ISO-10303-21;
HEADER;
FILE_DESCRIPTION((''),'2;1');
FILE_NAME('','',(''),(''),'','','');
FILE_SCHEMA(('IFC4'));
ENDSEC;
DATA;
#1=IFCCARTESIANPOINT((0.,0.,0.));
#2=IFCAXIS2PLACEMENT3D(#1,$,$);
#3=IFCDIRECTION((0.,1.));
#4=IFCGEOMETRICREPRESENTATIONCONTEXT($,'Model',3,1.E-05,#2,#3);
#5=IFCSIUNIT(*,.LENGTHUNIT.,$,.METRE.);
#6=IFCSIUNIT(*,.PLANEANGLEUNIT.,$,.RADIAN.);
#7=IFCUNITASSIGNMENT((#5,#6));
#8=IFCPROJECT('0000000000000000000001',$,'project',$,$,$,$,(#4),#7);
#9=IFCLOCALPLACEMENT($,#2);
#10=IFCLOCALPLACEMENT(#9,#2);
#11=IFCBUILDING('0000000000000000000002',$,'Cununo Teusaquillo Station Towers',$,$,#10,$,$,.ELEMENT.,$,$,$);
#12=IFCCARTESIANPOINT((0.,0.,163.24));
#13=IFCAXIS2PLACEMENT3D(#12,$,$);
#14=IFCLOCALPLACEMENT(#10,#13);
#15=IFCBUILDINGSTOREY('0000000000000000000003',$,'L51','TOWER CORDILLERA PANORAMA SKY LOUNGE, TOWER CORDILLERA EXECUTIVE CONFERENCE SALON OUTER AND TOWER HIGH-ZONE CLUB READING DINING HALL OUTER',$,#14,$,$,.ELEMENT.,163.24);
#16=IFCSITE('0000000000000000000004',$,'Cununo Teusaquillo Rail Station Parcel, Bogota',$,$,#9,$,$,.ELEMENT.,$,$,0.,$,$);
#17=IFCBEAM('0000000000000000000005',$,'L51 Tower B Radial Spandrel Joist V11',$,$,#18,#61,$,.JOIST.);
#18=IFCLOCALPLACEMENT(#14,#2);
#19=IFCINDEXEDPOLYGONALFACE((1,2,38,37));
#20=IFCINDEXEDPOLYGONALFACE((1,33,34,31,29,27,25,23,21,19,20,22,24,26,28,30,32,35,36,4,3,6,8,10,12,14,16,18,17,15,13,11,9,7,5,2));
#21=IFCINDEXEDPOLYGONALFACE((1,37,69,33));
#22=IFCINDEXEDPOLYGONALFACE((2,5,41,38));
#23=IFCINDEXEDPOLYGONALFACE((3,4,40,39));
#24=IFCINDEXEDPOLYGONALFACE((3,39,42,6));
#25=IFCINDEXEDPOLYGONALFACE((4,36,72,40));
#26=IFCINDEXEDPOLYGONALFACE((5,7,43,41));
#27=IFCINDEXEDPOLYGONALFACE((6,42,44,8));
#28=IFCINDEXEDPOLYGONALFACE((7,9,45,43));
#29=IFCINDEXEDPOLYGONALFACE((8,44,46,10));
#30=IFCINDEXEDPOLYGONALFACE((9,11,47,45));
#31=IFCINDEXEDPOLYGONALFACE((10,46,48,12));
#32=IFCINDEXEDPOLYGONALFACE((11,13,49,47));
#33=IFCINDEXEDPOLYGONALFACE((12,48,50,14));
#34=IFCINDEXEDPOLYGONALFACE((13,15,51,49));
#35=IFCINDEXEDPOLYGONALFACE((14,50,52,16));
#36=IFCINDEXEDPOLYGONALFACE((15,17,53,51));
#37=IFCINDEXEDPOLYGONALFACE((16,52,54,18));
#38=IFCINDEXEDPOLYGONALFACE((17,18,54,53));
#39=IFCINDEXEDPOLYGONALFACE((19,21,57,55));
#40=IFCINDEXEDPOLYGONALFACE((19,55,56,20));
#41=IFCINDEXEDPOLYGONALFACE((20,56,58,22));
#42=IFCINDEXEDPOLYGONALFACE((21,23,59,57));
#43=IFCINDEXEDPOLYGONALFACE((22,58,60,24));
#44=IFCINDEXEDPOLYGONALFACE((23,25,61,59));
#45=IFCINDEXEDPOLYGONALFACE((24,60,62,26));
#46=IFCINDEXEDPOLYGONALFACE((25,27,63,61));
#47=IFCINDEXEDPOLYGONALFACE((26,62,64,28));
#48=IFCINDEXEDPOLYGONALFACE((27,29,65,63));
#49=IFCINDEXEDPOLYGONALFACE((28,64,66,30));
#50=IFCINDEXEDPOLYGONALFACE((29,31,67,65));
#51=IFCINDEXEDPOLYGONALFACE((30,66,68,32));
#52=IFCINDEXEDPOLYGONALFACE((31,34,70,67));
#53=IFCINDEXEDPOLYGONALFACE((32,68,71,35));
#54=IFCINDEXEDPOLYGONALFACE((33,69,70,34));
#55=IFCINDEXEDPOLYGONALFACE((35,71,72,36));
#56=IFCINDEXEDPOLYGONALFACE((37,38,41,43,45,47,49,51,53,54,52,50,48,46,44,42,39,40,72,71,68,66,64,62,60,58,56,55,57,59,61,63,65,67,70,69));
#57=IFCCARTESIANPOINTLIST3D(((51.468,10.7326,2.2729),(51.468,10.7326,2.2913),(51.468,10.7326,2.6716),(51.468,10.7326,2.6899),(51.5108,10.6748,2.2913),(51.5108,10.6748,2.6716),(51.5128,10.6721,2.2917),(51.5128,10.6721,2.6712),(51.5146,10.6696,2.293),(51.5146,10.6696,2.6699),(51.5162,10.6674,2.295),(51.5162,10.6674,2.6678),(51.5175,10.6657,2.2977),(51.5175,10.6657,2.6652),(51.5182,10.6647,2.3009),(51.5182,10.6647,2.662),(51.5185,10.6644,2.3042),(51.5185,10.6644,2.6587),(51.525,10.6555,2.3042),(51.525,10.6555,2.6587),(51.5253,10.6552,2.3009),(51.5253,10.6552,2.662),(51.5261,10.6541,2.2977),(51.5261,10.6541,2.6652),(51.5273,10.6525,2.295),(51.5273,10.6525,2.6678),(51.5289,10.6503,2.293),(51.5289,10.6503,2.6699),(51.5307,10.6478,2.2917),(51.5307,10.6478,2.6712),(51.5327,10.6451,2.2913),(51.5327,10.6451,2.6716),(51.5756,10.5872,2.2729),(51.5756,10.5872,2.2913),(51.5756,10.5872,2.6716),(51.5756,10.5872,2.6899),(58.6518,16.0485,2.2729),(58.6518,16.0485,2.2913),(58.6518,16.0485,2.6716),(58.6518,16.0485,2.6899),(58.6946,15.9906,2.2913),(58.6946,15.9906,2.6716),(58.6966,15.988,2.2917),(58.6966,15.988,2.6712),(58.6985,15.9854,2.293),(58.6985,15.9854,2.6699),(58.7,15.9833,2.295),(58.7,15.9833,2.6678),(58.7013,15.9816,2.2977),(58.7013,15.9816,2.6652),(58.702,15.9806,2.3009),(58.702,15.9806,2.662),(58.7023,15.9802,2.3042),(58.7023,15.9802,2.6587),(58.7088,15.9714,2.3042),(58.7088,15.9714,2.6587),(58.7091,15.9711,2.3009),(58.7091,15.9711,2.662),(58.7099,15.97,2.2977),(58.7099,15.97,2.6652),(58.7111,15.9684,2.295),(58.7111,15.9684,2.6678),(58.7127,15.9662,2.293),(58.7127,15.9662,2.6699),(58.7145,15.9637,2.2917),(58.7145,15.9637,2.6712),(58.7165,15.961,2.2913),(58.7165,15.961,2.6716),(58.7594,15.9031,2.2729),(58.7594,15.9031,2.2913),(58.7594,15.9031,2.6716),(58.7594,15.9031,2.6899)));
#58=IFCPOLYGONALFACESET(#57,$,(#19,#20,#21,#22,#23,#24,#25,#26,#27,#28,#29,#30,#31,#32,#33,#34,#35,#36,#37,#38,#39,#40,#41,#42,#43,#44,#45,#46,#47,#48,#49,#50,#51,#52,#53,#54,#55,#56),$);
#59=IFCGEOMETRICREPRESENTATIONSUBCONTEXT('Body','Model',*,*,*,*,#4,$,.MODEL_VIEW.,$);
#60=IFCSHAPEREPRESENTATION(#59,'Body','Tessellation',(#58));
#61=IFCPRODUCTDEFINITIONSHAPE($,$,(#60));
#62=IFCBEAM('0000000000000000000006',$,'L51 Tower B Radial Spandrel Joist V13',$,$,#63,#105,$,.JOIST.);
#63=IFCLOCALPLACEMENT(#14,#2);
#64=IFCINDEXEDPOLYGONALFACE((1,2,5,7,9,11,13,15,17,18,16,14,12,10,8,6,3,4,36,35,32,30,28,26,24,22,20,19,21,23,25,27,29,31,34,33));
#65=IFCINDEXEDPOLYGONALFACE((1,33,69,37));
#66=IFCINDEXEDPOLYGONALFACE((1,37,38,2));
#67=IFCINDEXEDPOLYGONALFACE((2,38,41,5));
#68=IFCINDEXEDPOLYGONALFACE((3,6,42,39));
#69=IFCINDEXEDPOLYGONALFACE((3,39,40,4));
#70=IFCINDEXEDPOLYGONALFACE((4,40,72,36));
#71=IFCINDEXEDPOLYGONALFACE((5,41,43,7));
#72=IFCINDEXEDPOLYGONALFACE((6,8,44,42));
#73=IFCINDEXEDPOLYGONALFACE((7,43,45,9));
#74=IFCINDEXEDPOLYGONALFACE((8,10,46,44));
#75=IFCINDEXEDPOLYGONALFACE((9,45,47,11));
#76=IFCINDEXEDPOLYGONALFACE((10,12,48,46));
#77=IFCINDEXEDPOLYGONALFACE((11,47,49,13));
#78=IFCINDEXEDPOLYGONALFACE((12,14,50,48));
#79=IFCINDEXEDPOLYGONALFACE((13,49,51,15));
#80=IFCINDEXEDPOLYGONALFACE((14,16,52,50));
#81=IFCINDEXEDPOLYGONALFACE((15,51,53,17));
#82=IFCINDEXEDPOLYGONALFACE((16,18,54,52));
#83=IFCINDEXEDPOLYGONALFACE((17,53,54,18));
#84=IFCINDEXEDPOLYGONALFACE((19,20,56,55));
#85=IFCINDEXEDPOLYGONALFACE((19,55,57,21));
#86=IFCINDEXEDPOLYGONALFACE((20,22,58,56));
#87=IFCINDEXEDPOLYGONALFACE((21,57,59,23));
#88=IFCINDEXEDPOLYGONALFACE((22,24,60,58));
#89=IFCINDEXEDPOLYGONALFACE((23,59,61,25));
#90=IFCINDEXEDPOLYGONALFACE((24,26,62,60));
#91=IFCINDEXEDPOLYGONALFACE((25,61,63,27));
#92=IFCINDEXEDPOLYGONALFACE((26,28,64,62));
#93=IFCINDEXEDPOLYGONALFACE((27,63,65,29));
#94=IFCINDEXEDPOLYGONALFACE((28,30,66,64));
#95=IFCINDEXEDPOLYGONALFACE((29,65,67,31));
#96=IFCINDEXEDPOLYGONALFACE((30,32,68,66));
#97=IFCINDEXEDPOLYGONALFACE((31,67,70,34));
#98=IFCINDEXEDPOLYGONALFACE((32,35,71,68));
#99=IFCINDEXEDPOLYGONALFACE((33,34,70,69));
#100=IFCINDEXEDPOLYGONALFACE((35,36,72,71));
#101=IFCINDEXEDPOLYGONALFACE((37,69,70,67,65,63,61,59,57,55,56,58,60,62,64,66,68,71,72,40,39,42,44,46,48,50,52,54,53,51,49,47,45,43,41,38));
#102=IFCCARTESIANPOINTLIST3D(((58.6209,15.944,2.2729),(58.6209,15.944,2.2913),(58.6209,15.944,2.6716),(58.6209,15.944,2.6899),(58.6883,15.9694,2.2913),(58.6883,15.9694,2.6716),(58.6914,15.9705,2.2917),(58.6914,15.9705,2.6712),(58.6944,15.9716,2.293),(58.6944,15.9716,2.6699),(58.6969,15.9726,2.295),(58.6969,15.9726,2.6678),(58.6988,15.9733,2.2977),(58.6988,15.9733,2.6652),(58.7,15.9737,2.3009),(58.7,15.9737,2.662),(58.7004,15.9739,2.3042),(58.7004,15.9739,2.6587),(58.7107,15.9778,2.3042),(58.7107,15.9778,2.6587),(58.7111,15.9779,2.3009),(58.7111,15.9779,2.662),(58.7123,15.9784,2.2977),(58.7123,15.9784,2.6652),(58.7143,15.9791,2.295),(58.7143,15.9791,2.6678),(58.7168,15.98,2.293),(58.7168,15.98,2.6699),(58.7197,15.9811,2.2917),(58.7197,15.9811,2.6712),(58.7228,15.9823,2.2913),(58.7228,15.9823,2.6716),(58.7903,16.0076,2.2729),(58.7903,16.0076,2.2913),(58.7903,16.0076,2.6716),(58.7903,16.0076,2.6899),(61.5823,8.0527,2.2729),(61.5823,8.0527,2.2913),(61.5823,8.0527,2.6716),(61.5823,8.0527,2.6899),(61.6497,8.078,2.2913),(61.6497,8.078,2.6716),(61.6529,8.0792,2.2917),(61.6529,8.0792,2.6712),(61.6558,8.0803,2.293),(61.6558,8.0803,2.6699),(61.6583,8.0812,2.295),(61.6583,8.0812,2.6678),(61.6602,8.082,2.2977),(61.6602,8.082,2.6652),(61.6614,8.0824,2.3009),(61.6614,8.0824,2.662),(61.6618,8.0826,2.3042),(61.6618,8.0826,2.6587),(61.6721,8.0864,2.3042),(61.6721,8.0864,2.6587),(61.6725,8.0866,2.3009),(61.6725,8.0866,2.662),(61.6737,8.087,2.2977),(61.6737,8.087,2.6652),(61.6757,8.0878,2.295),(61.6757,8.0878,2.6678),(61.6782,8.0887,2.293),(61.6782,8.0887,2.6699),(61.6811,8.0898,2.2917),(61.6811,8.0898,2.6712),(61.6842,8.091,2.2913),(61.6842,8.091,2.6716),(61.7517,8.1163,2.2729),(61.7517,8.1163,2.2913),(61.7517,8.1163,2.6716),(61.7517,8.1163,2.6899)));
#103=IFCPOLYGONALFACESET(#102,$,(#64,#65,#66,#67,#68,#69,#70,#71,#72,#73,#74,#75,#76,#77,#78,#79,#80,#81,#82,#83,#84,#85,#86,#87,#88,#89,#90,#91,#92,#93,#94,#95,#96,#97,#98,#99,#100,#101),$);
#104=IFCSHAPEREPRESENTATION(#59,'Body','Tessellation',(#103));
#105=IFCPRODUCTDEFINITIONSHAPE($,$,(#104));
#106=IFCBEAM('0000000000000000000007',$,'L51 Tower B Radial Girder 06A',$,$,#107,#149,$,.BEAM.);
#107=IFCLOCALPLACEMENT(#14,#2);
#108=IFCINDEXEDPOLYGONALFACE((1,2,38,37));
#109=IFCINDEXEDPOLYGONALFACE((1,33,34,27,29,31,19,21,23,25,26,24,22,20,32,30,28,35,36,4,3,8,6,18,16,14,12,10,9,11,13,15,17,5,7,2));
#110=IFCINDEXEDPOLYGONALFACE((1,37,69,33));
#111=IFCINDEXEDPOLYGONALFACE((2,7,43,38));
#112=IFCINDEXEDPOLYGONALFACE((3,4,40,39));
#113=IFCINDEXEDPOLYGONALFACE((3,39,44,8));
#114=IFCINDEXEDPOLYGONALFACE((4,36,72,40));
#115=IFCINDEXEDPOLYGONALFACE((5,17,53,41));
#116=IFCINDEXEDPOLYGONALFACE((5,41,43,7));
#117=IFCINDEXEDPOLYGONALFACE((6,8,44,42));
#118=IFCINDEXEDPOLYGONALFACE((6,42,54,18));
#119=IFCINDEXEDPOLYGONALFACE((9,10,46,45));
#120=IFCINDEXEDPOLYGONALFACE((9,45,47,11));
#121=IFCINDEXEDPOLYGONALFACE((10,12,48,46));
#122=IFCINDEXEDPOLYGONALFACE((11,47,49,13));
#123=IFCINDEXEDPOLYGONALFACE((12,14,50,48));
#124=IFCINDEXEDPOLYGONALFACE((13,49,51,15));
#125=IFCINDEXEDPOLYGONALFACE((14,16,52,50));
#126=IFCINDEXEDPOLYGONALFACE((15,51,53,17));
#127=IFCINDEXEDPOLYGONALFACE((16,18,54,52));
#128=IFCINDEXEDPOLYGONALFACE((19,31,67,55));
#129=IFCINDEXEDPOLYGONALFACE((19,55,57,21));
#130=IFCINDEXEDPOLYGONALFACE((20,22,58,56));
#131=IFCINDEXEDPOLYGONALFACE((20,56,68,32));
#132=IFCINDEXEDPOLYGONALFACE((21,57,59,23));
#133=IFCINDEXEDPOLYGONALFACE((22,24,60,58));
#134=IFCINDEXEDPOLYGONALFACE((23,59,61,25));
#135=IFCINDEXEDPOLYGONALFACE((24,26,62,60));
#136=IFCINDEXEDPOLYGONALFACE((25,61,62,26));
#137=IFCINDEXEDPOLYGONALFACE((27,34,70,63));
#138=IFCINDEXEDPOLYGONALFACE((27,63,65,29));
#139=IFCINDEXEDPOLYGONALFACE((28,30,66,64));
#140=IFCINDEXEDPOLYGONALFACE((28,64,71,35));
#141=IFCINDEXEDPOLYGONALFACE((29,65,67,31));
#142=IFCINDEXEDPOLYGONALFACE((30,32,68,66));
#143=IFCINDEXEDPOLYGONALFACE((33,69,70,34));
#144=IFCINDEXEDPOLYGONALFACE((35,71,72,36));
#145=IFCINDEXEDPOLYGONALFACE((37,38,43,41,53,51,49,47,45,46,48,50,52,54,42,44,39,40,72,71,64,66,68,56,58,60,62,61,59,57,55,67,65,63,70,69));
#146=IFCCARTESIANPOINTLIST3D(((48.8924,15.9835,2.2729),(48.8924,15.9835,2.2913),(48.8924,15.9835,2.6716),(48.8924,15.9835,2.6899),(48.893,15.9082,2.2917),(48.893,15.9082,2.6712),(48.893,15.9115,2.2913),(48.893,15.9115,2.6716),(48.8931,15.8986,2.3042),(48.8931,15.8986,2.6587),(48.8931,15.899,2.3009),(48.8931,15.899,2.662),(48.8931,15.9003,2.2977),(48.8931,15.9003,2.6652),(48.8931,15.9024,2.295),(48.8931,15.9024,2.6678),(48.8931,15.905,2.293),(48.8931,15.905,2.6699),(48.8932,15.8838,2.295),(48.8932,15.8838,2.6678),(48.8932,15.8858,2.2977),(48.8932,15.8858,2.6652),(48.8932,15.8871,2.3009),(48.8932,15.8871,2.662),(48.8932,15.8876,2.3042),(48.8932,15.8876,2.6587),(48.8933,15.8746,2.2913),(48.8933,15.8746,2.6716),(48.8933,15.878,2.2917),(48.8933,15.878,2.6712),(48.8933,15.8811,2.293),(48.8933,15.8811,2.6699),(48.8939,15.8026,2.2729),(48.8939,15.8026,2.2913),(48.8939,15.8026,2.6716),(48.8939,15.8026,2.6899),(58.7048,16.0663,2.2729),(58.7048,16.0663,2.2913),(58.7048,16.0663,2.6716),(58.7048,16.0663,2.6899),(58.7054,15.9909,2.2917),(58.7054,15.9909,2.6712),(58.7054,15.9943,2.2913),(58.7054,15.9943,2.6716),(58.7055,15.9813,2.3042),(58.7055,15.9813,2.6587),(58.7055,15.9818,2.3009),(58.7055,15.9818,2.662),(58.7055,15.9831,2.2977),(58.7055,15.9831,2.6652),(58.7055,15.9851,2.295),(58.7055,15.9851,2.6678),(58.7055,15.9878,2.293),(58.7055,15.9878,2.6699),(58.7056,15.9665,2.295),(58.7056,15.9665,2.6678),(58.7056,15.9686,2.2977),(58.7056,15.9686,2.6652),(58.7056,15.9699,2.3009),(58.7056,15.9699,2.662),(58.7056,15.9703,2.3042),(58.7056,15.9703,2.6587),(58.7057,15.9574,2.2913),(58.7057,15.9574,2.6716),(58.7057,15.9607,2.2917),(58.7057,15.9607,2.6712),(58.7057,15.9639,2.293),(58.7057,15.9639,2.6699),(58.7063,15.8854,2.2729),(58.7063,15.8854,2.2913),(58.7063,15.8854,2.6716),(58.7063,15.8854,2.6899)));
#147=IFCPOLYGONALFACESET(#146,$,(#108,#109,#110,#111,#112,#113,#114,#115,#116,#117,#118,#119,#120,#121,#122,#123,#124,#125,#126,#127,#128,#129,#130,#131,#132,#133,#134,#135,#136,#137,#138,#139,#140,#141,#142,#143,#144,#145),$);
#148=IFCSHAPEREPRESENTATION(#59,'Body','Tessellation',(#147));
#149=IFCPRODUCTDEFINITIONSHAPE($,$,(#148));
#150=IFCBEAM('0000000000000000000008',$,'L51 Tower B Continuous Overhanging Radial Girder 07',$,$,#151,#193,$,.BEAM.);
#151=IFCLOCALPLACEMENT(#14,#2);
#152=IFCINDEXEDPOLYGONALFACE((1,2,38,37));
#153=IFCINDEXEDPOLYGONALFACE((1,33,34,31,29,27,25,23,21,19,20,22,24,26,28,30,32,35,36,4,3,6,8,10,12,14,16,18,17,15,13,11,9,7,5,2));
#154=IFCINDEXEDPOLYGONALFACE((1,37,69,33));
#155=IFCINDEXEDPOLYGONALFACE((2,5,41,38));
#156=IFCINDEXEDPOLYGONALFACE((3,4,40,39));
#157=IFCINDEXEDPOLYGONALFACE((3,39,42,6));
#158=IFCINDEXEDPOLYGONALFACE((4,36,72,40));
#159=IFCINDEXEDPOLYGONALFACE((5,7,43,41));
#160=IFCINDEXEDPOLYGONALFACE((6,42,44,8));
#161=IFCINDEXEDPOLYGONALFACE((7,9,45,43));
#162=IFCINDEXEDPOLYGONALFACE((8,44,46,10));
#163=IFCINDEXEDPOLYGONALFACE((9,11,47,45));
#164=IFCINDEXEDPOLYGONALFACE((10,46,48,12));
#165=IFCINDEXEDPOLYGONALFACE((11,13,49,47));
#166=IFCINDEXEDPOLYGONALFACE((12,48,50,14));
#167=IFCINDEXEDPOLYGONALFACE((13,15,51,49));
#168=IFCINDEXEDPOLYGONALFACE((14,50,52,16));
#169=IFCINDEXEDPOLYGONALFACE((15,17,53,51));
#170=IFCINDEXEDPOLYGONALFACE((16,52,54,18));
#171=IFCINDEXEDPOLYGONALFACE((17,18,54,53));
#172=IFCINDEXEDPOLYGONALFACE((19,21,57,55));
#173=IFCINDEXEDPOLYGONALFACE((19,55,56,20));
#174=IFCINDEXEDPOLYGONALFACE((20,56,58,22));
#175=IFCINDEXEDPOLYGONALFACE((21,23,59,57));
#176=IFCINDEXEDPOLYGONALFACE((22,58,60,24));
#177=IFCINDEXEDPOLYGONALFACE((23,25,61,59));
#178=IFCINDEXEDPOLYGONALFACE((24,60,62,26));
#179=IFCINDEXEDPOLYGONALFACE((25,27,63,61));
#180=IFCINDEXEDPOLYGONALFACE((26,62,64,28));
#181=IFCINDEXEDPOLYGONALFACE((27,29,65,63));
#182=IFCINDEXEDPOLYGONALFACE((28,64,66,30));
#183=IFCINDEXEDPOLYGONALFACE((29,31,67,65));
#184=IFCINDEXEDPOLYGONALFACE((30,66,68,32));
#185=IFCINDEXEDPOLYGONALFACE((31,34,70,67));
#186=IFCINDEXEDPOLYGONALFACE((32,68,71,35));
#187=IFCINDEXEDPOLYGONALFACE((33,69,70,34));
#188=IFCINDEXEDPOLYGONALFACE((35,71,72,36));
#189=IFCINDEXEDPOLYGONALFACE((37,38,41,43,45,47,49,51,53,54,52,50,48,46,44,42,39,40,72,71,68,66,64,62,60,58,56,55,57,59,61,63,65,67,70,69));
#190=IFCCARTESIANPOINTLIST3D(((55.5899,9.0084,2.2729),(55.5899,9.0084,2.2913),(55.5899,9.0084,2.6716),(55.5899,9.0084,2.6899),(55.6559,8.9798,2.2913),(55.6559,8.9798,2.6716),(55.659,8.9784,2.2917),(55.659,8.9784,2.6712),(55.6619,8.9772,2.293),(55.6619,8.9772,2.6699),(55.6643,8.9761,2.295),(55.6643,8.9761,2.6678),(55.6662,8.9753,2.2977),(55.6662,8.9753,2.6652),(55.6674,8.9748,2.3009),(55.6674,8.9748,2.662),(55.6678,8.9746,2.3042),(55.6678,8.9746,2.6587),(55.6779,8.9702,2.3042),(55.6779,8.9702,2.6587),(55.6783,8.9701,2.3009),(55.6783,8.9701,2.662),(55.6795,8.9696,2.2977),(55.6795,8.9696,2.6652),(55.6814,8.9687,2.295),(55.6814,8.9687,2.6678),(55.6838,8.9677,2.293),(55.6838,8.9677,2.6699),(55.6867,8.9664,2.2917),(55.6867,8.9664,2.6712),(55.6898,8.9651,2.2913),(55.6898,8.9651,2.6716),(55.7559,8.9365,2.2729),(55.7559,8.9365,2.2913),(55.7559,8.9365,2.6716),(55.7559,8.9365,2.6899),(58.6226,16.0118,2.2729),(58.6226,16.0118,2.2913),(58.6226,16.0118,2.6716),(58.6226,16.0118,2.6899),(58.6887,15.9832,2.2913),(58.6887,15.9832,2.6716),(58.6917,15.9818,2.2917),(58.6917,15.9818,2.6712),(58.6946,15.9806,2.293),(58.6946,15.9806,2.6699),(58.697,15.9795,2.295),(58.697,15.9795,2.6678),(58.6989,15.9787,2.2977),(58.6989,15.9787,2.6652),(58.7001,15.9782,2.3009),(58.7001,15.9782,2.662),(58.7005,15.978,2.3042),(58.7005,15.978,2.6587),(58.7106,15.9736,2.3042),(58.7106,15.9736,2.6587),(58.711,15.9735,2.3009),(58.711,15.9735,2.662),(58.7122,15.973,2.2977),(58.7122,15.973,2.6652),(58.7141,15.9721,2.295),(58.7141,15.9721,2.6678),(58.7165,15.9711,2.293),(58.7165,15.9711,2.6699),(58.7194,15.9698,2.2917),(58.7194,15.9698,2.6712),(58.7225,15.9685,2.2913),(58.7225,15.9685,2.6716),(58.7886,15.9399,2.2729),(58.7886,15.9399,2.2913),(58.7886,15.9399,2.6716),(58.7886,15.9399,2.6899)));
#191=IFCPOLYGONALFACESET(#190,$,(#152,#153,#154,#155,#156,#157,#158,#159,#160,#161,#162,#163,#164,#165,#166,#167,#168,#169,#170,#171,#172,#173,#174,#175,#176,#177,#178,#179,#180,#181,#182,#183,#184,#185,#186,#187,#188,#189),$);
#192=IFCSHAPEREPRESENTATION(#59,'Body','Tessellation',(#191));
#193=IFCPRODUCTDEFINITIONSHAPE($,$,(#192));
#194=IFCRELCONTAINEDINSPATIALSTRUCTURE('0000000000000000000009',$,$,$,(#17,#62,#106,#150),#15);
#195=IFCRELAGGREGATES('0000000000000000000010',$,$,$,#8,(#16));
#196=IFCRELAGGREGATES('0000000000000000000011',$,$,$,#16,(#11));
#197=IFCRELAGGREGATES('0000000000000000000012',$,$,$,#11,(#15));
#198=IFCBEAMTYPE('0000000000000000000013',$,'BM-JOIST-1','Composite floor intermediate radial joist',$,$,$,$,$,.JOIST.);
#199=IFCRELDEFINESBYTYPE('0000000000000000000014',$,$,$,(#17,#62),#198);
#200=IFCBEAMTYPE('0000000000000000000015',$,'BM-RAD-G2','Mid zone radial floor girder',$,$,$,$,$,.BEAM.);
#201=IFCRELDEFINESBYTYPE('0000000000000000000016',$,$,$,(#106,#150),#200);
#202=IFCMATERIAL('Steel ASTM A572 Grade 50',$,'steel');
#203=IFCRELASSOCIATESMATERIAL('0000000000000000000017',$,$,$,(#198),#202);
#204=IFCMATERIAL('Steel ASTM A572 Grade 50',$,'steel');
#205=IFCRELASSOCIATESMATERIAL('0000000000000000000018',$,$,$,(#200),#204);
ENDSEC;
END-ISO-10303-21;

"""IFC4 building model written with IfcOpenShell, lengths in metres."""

from ifc_helpers import new_model, si_unit, direction, frame, origin, origin_2d, place, context, subcontext, project, spatial, i_section, extrude, material, material_profile, profile_set, type_object, element, save


model = new_model("IFC4")

# Units and contexts
model_context = context("Model", 3, precision=1e-05, world=origin(), true_north=direction((0.0, 1.0)))
body_context = subcontext(model_context, "Body", "Model", "MODEL_VIEW")
ifc_project = project(units=[si_unit("LENGTHUNIT", "METRE"), si_unit("PLANEANGLEUNIT", "RADIAN")], contexts=[model_context])

# Site, building, storey
site_placement = place(None, origin())
site = spatial("IfcSite", under=ifc_project, at=site_placement, Name="Cununo Teusaquillo Rail Station Parcel, Bogota", CompositionType="ELEMENT", RefElevation=0.0)
building_placement = place(site_placement, origin())
building = spatial("IfcBuilding", under=site, at=building_placement, Name="Cununo Teusaquillo Station Towers", CompositionType="ELEMENT")
storey_placement = place(building_placement, frame((0.0, 0.0, 163.24)))
storey = spatial("IfcBuildingStorey", under=building, at=storey_placement, Name="L51", Description="TOWER CORDILLERA PANORAMA SKY LOUNGE, TOWER CORDILLERA EXECUTIVE CONFERENCE SALON OUTER AND TOWER HIGH-ZONE CLUB READING DINING HALL OUTER", CompositionType="ELEMENT", Elevation=163.24)

# Beams
ifc_material_1 = material(Name="Steel ASTM A572 Grade 50", Category="steel")
ifc_material_profile_1 = material_profile(ifc_material_1, i_section(OverallWidth=0.1809, OverallDepth=0.417, WebThickness=0.011, FlangeThickness=0.0183, FilletRadius=0.0129, at=origin_2d()), Name="W16X57")
ifc_profile_set_1 = profile_set([ifc_material_profile_1], Name="Steel ASTM A572 Grade 50")
beam_type_1 = type_object("IfcBeamType", Name="BM-JOIST-1", Description="Composite floor intermediate radial joist", PredefinedType="JOIST", material=ifc_profile_set_1)
beam_1_placement = place(storey_placement, frame((58.7056, 15.9758, 2.4814), z_axis=(-0.803848, -0.594834, 0.0), x_axis=(0.594834, -0.803848, 0.0)))
element("IfcBeam", 1, at=beam_1_placement, inside=storey, type_object=beam_type_1, Name="L51 Tower B Radial Spandrel Joist V11", PredefinedType="JOIST", context=body_context, shape_type="SweptSolid", body=[
    extrude(i_section(OverallWidth=0.1809, OverallDepth=0.417, WebThickness=0.011, FlangeThickness=0.0183, FilletRadius=0.0129, at=origin_2d()), origin(), (0.0, 0.0, 1.0), 8.9368),
])
beam_2_placement = place(storey_placement, frame((58.7056, 15.9758, 2.4814), z_axis=(0.351349, -0.936245, 0.0), x_axis=(0.936245, 0.351349, 0.0)))
element("IfcBeam", 2, at=beam_2_placement, inside=storey, type_object=beam_type_1, Name="L51 Tower B Radial Spandrel Joist V13", PredefinedType="JOIST", context=body_context, shape_type="SweptSolid", body=[
    extrude(i_section(OverallWidth=0.1809, OverallDepth=0.417, WebThickness=0.011, FlangeThickness=0.0183, FilletRadius=0.0129, at=origin_2d()), origin(), (0.0, 0.0, 1.0), 8.4287),
])
ifc_material_2 = material(Name="Steel ASTM A572 Grade 50", Category="steel")
ifc_material_profile_2 = material_profile(ifc_material_2, i_section(OverallWidth=0.1809, OverallDepth=0.417, WebThickness=0.011, FlangeThickness=0.0183, FilletRadius=0.0129, at=origin_2d()), Name="W16X57")
ifc_profile_set_2 = profile_set([ifc_material_profile_2], Name="Steel ASTM A572 Grade 50")
beam_type_2 = type_object("IfcBeamType", Name="BM-RAD-G2", Description="Mid zone radial floor girder", PredefinedType="BEAM", material=ifc_profile_set_2)
beam_3_placement = place(storey_placement, frame((58.7056, 15.9758, 2.4814), z_axis=(-0.999964, -0.008434, 0.0), x_axis=(0.008434, -0.999964, 0.0)))
element("IfcBeam", 3, at=beam_3_placement, inside=storey, type_object=beam_type_2, Name="L51 Tower B Radial Girder 06A", PredefinedType="BEAM", context=body_context, shape_type="SweptSolid", body=[
    extrude(i_section(OverallWidth=0.1809, OverallDepth=0.417, WebThickness=0.011, FlangeThickness=0.0183, FilletRadius=0.0129, at=origin_2d()), origin(), (0.0, 0.0, 1.0), 9.8127),
])
beam_4_placement = place(storey_placement, frame((58.7056, 15.9758, 2.4814), z_axis=(-0.397376, -0.917656, 0.0), x_axis=(0.917656, -0.397376, 0.0)))
element("IfcBeam", 4, at=beam_4_placement, inside=storey, type_object=beam_type_2, Name="L51 Tower B Continuous Overhanging Radial Girder 07", PredefinedType="BEAM", context=body_context, shape_type="SweptSolid", body=[
    extrude(i_section(OverallWidth=0.1809, OverallDepth=0.417, WebThickness=0.011, FlangeThickness=0.0183, FilletRadius=0.0129, at=origin_2d()), origin(), (0.0, 0.0, 1.0), 7.6318),
])

save(model, "model.ifc")
